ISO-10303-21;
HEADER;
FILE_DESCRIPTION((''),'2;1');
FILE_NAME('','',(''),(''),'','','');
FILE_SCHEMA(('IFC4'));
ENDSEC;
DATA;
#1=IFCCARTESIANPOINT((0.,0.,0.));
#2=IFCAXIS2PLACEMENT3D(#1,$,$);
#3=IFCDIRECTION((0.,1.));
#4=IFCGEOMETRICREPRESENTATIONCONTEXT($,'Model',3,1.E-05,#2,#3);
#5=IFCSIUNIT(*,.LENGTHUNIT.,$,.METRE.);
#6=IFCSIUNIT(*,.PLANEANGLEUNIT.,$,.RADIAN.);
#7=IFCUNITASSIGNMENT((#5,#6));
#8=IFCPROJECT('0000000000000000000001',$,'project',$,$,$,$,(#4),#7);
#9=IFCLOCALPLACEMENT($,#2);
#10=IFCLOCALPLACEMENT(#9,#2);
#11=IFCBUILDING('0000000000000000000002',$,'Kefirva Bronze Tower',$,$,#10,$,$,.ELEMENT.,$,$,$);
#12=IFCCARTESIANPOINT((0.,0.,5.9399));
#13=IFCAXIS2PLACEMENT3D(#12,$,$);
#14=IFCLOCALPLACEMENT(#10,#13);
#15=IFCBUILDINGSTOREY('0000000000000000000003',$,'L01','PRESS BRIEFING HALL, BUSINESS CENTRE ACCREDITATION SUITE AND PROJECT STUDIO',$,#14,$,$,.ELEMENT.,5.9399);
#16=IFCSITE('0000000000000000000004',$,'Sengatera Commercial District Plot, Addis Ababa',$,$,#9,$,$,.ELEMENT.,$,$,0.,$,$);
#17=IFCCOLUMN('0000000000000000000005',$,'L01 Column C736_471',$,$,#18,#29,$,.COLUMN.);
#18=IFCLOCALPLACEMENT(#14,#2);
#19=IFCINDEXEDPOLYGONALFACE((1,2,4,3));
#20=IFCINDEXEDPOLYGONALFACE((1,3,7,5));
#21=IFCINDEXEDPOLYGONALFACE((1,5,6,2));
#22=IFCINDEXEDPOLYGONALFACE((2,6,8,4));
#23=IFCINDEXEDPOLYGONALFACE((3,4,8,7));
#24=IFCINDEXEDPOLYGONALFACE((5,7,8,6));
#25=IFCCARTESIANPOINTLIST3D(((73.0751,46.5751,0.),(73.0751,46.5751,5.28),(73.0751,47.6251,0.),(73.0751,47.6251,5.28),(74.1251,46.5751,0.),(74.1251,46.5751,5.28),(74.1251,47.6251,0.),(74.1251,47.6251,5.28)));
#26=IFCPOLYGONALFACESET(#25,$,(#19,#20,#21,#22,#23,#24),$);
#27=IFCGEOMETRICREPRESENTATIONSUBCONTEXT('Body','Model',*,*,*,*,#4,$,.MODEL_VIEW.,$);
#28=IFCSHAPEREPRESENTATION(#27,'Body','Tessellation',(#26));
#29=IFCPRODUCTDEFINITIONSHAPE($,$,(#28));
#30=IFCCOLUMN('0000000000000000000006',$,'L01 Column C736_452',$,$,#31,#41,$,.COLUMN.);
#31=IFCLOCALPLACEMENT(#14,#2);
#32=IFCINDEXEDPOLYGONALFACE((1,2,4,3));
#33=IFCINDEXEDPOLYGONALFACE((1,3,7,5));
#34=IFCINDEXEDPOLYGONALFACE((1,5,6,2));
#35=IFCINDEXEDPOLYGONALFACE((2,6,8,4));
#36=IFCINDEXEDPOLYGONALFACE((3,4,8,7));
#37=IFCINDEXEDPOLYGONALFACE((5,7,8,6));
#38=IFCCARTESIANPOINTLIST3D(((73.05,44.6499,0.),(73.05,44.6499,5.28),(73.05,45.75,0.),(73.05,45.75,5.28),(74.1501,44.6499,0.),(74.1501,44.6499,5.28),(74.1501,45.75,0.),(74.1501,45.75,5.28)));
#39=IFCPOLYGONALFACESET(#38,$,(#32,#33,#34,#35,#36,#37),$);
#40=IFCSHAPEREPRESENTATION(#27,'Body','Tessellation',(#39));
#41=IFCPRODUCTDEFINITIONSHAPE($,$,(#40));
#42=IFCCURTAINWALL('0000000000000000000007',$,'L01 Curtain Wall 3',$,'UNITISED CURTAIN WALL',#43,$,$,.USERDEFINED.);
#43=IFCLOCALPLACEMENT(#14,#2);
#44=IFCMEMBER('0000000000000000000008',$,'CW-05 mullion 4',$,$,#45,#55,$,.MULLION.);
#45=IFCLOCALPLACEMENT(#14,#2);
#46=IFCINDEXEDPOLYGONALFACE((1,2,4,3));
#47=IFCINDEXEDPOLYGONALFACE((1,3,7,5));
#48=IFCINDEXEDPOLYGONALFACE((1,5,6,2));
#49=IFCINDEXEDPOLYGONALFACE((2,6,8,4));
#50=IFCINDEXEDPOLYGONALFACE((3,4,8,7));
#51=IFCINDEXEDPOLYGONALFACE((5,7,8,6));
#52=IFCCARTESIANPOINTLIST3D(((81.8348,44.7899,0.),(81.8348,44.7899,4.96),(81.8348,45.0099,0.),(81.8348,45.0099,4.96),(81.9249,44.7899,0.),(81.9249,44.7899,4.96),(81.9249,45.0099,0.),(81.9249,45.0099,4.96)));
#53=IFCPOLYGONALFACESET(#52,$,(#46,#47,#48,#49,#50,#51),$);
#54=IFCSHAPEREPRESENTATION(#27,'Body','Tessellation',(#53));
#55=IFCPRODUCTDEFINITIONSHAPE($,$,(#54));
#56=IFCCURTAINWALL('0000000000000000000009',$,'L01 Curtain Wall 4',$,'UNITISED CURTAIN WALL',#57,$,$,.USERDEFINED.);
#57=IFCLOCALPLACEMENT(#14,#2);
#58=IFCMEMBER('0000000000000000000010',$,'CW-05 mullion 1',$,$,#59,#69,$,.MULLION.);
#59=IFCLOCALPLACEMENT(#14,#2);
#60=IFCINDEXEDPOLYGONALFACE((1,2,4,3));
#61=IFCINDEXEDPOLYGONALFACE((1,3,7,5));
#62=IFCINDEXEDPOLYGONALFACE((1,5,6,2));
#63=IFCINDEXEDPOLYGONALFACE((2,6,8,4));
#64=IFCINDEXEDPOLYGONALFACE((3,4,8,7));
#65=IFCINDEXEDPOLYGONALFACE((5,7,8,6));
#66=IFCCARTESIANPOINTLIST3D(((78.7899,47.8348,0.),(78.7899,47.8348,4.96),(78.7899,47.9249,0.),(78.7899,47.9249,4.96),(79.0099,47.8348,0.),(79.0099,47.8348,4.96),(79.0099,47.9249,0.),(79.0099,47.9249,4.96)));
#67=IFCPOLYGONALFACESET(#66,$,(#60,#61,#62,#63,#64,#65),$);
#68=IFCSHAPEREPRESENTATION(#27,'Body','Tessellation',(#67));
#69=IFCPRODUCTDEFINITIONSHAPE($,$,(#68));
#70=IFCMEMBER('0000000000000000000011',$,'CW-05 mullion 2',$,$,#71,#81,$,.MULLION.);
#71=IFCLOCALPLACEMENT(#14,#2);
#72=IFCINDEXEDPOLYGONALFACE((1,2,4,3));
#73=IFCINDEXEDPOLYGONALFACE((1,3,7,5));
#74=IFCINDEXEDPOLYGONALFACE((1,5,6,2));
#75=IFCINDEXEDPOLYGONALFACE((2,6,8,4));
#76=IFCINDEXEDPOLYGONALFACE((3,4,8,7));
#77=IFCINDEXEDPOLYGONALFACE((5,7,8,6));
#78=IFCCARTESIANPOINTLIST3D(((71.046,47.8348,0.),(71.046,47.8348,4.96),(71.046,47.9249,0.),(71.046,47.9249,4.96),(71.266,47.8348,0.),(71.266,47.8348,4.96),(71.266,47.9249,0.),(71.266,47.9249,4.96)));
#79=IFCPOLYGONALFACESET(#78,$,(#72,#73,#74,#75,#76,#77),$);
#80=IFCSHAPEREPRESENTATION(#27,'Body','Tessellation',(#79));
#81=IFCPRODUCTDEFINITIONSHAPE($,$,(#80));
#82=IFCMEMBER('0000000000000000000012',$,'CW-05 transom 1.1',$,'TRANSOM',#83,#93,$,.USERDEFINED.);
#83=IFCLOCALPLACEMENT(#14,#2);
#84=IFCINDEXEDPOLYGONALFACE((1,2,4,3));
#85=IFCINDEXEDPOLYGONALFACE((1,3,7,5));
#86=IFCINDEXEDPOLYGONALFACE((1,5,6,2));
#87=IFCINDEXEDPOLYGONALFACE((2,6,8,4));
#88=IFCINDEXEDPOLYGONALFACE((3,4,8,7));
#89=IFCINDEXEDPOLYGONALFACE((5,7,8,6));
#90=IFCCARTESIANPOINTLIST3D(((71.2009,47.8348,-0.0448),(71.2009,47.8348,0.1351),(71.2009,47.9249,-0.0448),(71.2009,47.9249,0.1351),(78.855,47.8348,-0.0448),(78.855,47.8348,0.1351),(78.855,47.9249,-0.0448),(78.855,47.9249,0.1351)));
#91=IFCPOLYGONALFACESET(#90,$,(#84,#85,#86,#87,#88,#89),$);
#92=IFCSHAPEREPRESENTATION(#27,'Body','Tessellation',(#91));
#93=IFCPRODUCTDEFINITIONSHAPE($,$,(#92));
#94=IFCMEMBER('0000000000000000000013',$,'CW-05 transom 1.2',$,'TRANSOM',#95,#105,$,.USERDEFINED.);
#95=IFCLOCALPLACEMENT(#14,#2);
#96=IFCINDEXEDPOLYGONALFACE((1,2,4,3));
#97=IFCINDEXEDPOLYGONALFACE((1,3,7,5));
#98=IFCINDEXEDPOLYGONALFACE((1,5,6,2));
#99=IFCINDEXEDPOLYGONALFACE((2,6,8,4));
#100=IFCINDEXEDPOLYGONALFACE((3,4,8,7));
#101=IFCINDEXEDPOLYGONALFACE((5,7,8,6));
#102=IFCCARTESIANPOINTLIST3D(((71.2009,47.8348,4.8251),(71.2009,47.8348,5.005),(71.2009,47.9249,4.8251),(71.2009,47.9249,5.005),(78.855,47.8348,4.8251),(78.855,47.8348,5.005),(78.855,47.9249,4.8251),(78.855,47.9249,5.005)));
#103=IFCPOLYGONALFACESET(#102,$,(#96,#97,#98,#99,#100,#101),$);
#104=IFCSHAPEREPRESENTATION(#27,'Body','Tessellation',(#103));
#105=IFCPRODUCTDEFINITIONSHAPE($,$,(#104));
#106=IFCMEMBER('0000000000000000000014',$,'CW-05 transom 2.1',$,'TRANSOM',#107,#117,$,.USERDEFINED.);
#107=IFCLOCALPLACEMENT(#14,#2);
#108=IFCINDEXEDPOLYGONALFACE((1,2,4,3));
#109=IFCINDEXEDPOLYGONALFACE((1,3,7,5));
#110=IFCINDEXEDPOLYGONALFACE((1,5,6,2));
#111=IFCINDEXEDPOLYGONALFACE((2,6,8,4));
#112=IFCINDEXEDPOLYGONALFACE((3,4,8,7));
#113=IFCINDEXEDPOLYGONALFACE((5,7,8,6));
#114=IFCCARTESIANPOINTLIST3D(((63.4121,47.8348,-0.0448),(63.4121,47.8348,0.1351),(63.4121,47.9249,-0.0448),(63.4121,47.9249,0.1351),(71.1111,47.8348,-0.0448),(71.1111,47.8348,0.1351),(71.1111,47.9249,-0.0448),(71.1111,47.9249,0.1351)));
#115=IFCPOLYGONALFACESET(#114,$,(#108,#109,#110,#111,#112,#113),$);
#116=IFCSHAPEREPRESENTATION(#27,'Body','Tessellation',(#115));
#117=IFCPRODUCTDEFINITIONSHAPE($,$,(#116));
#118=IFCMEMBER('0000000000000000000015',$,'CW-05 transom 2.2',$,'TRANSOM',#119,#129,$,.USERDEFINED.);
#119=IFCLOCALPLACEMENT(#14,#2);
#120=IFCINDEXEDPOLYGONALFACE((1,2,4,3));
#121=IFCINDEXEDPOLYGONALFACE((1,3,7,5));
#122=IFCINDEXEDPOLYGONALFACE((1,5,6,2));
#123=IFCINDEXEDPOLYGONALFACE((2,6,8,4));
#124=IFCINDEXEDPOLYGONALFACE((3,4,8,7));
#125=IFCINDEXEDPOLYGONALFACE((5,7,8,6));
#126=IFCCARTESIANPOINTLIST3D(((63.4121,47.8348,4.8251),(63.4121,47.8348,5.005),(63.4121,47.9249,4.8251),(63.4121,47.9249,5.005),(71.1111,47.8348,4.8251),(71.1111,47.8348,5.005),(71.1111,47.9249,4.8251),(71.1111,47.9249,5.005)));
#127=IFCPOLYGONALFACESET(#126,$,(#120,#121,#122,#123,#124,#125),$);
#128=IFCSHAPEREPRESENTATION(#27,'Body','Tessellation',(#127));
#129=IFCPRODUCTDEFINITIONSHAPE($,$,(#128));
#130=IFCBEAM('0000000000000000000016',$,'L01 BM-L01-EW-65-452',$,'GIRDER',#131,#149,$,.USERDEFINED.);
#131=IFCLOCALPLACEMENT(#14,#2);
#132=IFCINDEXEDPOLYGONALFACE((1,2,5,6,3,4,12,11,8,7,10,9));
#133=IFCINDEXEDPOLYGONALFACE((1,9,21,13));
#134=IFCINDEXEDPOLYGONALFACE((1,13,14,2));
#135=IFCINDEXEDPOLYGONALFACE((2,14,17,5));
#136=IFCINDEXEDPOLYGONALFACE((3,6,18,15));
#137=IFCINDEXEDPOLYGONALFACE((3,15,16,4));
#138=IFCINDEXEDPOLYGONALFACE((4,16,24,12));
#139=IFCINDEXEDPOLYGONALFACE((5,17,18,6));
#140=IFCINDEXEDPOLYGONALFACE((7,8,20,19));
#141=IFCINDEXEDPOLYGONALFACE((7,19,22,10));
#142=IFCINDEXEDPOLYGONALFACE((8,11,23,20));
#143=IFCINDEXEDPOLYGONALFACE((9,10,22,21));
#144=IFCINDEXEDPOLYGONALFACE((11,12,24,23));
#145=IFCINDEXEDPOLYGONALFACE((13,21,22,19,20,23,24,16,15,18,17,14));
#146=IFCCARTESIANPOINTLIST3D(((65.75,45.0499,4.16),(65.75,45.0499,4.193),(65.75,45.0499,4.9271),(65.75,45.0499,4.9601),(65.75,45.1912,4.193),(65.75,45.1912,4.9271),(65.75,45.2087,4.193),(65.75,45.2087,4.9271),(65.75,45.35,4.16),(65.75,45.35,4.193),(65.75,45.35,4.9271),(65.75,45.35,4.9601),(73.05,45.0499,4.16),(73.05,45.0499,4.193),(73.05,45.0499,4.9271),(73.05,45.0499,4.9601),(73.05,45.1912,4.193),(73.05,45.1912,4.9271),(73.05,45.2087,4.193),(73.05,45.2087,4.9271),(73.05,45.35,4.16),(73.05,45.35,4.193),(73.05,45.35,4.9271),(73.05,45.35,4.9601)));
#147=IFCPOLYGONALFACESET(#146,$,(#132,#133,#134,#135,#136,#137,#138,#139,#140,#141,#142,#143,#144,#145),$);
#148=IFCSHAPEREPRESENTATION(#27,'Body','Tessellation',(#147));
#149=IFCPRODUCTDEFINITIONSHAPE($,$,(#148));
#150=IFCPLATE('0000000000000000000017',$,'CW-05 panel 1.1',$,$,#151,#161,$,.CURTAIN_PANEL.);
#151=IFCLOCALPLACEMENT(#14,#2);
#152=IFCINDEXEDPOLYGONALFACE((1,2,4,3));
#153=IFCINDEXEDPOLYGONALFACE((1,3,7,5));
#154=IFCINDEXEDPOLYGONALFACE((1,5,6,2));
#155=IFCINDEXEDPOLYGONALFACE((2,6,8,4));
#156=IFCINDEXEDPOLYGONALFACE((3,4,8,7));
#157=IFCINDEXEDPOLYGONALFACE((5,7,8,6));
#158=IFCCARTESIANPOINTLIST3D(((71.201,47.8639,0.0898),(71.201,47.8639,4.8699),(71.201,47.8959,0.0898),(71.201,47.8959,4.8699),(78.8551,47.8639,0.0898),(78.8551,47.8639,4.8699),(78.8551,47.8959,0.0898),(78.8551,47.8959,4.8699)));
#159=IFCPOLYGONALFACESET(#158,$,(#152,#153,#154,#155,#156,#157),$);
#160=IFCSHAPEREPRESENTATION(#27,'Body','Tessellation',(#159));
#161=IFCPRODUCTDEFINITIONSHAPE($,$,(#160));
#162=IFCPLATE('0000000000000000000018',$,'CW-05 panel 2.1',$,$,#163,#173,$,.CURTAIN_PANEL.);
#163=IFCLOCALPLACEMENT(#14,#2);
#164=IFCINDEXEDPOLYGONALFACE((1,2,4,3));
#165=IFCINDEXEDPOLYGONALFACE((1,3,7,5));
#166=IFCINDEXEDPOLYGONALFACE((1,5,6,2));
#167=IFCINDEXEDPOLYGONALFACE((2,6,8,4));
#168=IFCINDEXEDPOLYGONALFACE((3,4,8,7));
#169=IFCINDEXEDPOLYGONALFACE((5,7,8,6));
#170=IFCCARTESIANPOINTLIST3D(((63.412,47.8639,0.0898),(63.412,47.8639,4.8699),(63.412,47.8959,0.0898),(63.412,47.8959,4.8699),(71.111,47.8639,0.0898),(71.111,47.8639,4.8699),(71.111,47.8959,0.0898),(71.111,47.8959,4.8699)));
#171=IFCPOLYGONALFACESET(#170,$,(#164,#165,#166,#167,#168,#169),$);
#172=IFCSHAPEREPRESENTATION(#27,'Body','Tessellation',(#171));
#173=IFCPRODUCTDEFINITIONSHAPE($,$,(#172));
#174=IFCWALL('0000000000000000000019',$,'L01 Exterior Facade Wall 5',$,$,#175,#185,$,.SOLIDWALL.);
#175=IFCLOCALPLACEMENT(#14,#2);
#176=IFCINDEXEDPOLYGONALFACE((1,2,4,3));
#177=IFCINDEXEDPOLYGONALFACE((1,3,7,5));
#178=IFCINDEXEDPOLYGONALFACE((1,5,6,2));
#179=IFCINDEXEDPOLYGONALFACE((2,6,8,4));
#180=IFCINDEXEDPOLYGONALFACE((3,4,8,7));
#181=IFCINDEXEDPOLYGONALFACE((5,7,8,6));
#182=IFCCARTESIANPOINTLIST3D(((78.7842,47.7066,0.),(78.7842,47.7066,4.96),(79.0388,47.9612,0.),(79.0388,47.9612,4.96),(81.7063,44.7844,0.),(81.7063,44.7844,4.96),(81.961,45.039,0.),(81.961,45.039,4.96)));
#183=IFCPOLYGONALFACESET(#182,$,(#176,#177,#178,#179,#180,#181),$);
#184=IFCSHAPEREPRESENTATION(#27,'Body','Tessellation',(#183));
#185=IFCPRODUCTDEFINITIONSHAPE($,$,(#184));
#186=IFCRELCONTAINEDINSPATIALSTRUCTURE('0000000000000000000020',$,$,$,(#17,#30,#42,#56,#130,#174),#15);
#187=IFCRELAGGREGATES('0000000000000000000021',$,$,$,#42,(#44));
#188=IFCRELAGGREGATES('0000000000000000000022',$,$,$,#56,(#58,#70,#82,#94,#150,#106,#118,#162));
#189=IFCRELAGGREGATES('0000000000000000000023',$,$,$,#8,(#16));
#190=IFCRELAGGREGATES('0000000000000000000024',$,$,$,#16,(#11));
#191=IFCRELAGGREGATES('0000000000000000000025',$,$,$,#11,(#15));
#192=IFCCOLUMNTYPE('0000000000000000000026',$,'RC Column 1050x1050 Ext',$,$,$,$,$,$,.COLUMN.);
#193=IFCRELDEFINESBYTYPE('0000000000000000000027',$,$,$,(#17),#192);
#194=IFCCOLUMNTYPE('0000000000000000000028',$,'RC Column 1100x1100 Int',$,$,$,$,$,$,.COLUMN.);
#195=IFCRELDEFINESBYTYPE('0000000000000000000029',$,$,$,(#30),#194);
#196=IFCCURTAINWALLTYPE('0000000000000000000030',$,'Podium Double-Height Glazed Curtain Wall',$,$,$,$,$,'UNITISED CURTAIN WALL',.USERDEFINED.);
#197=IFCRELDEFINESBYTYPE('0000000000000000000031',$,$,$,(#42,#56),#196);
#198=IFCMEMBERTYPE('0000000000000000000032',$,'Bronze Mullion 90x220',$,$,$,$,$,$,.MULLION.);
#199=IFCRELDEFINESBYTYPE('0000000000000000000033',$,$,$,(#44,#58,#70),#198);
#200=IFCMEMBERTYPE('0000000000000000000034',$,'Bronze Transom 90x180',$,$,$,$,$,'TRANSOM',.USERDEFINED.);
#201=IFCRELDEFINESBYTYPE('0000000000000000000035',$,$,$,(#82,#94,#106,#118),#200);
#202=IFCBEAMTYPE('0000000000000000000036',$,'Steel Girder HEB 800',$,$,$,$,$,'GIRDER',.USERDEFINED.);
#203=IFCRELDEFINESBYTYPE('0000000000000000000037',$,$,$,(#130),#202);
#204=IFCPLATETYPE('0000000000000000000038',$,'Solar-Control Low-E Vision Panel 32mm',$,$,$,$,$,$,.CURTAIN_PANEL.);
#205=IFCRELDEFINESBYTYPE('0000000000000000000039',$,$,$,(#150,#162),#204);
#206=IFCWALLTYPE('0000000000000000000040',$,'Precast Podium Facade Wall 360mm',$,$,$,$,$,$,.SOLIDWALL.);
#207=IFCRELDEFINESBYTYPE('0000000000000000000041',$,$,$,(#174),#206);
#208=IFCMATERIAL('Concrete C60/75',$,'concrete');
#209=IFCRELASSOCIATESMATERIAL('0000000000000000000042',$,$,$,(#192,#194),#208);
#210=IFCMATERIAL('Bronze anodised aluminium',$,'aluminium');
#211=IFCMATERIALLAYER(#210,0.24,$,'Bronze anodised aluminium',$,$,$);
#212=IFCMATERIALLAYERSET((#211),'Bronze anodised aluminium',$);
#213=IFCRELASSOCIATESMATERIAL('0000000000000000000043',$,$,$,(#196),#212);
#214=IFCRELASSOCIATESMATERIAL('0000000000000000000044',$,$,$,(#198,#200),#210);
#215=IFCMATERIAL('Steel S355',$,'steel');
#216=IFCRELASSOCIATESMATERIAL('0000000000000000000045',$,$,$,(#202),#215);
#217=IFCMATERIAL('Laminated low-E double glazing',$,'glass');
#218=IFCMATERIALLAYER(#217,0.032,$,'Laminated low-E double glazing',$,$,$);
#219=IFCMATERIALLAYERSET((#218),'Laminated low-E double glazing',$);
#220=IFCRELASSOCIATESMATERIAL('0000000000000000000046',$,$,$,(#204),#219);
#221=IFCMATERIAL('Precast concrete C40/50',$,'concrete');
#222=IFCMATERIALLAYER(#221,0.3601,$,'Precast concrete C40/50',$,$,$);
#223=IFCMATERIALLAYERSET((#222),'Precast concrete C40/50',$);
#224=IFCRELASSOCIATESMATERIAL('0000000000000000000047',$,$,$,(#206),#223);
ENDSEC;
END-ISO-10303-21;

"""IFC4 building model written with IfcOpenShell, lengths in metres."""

from ifc_helpers import new_model, si_unit, direction, frame, frame_2d, origin, origin_2d, place, context, subcontext, project, spatial, rectangle, i_section, extrude, material, layer, layer_set, material_profile, profile_set, type_object, element, aggregate, save


model = new_model("IFC4")

# Units and contexts
model_context = context("Model", 3, precision=1e-05, world=origin(), true_north=direction((0.0, 1.0)))
body_context = subcontext(model_context, "Body", "Model", "MODEL_VIEW")
ifc_project = project(units=[si_unit("LENGTHUNIT", "METRE"), si_unit("PLANEANGLEUNIT", "RADIAN")], contexts=[model_context])

# Site, building, storey
site_placement = place(None, origin())
site = spatial("IfcSite", under=ifc_project, at=site_placement, Name="Sengatera Commercial District Plot, Addis Ababa", CompositionType="ELEMENT", RefElevation=0.0)
building_placement = place(site_placement, origin())
building = spatial("IfcBuilding", under=site, at=building_placement, Name="Kefirva Bronze Tower", CompositionType="ELEMENT")
storey_placement = place(building_placement, frame((0.0, 0.0, 5.9399)))
storey = spatial("IfcBuildingStorey", under=building, at=storey_placement, Name="L01", Description="PRESS BRIEFING HALL, BUSINESS CENTRE ACCREDITATION SUITE AND PROJECT STUDIO", CompositionType="ELEMENT", Elevation=5.9399)

# Columns
ifc_material_1 = material(Name="Concrete C60/75", Category="concrete")
ifc_material_profile_1 = material_profile(ifc_material_1, rectangle(XDim=1.05, YDim=1.05, at=origin_2d()), Name="RC 1050x1050")
ifc_profile_set_1 = profile_set([ifc_material_profile_1], Name="Concrete C60/75")
column_type_1 = type_object("IfcColumnType", Name="RC Column 1050x1050 Ext", PredefinedType="COLUMN", material=ifc_profile_set_1)
column_1_placement = place(storey_placement, frame((73.6001, 47.1001, 0.0), z_axis=(0.0, 0.0, 1.0), x_axis=(1.0, 0.0, 0.0)))
element("IfcColumn", 1, at=column_1_placement, inside=storey, type_object=column_type_1, Name="L01 Column C736_471", PredefinedType="COLUMN", context=body_context, shape_type="SweptSolid", body=[
    extrude(rectangle(XDim=1.05, YDim=1.05, at=origin_2d()), origin(), (0.0, 0.0, 1.0), 5.28),
])
ifc_material_profile_2 = material_profile(ifc_material_1, rectangle(XDim=1.1001, YDim=1.1001, at=origin_2d()), Name="RC 1100x1100")
ifc_profile_set_2 = profile_set([ifc_material_profile_2], Name="Concrete C60/75")
column_type_2 = type_object("IfcColumnType", Name="RC Column 1100x1100 Int", PredefinedType="COLUMN", material=ifc_profile_set_2)
column_2_placement = place(storey_placement, frame((73.6001, 45.2, 0.0), z_axis=(0.0, 0.0, 1.0), x_axis=(1.0, 0.0, 0.0)))
element("IfcColumn", 2, at=column_2_placement, inside=storey, type_object=column_type_2, Name="L01 Column C736_452", PredefinedType="COLUMN", context=body_context, shape_type="SweptSolid", body=[
    extrude(rectangle(XDim=1.1001, YDim=1.1001, at=origin_2d()), origin(), (0.0, 0.0, 1.0), 5.28),
])

# Curtain wall, member
ifc_material_2 = material(Name="Bronze anodised aluminium", Category="aluminium")
ifc_layer_1 = layer(ifc_material_2, 0.24, Name="Bronze anodised aluminium")
ifc_layer_set_1 = layer_set([ifc_layer_1], Name="Bronze anodised aluminium")
curtain_wall_type = type_object("IfcCurtainWallType", Name="Podium Double-Height Glazed Curtain Wall", ElementType="UNITISED CURTAIN WALL", PredefinedType="USERDEFINED", material=ifc_layer_set_1)
curtain_wall_1_placement = place(storey_placement, origin())
curtain_wall_1 = element("IfcCurtainWall", 3, at=curtain_wall_1_placement, inside=storey, type_object=curtain_wall_type, Name="L01 Curtain Wall 3", ObjectType="UNITISED CURTAIN WALL", PredefinedType="USERDEFINED")
ifc_material_profile_3 = material_profile(ifc_material_2, rectangle(XDim=0.0901, YDim=0.22, at=origin_2d()), Name="ALU 90x220")
ifc_profile_set_3 = profile_set([ifc_material_profile_3], Name="Bronze anodised aluminium")
member_type_1 = type_object("IfcMemberType", Name="Bronze Mullion 90x220", PredefinedType="MULLION", material=ifc_profile_set_3)
member_1_placement = place(storey_placement, frame((81.8799, 44.8999, 0.0), z_axis=(0.0, 0.0, 1.0), x_axis=(-1.0, 0.0, 0.0)))
member_1 = element("IfcMember", 4, at=member_1_placement, type_object=member_type_1, Name="CW-05 mullion 4", PredefinedType="MULLION", context=body_context, shape_type="SweptSolid", body=[
    extrude(rectangle(XDim=0.0901, YDim=0.22, at=origin_2d()), origin(), (0.0, 0.0, 1.0), 4.96),
])
aggregate(curtain_wall_1, [member_1])

# Curtain wall, members
curtain_wall_2_placement = place(storey_placement, origin())
curtain_wall_2 = element("IfcCurtainWall", 5, at=curtain_wall_2_placement, inside=storey, type_object=curtain_wall_type, Name="L01 Curtain Wall 4", ObjectType="UNITISED CURTAIN WALL", PredefinedType="USERDEFINED")
member_2_placement = place(storey_placement, frame((78.8999, 47.8799, 0.0), z_axis=(0.0, 0.0, 1.0), x_axis=(0.0, -1.0, 0.0)))
member_2 = element("IfcMember", 6, at=member_2_placement, type_object=member_type_1, Name="CW-05 mullion 1", PredefinedType="MULLION", context=body_context, shape_type="SweptSolid", body=[
    extrude(rectangle(XDim=0.0901, YDim=0.22, at=origin_2d()), origin(), (0.0, 0.0, 1.0), 4.96),
])
member_3_placement = place(storey_placement, frame((71.156, 47.8799, 0.0), z_axis=(0.0, 0.0, 1.0), x_axis=(0.0, -1.0, 0.0)))
member_3 = element("IfcMember", 7, at=member_3_placement, type_object=member_type_1, Name="CW-05 mullion 2", PredefinedType="MULLION", context=body_context, shape_type="SweptSolid", body=[
    extrude(rectangle(XDim=0.0901, YDim=0.22, at=origin_2d()), origin(), (0.0, 0.0, 1.0), 4.96),
])
ifc_material_profile_4 = material_profile(ifc_material_2, rectangle(XDim=0.0901, YDim=0.1799, at=origin_2d()), Name="ALU 90x180")
ifc_profile_set_4 = profile_set([ifc_material_profile_4], Name="Bronze anodised aluminium")
member_type_2 = type_object("IfcMemberType", Name="Bronze Transom 90x180", ElementType="TRANSOM", PredefinedType="USERDEFINED", material=ifc_profile_set_4)
member_4_placement = place(storey_placement, frame((78.855, 47.8799, 0.0452), z_axis=(-1.0, 0.0, 0.0), x_axis=(0.0, -1.0, 0.0)))
member_4 = element("IfcMember", 8, at=member_4_placement, type_object=member_type_2, Name="CW-05 transom 1.1", ObjectType="TRANSOM", PredefinedType="USERDEFINED", context=body_context, shape_type="SweptSolid", body=[
    extrude(rectangle(XDim=0.0901, YDim=0.1799, at=origin_2d()), origin(), (0.0, 0.0, 1.0), 7.6541),
])
member_5_placement = place(storey_placement, frame((78.855, 47.8799, 4.915), z_axis=(-1.0, 0.0, 0.0), x_axis=(0.0, -1.0, 0.0)))
member_5 = element("IfcMember", 9, at=member_5_placement, type_object=member_type_2, Name="CW-05 transom 1.2", ObjectType="TRANSOM", PredefinedType="USERDEFINED", context=body_context, shape_type="SweptSolid", body=[
    extrude(rectangle(XDim=0.0901, YDim=0.1799, at=origin_2d()), origin(), (0.0, 0.0, 1.0), 7.6541),
])
member_6_placement = place(storey_placement, frame((71.1111, 47.8799, 0.0452), z_axis=(-1.0, 0.0, 0.0), x_axis=(0.0, -1.0, 0.0)))
member_6 = element("IfcMember", 10, at=member_6_placement, type_object=member_type_2, Name="CW-05 transom 2.1", ObjectType="TRANSOM", PredefinedType="USERDEFINED", context=body_context, shape_type="SweptSolid", body=[
    extrude(rectangle(XDim=0.0901, YDim=0.1799, at=origin_2d()), origin(), (0.0, 0.0, 1.0), 7.699),
])
member_7_placement = place(storey_placement, frame((71.1111, 47.8799, 4.915), z_axis=(-1.0, 0.0, 0.0), x_axis=(0.0, -1.0, 0.0)))
member_7 = element("IfcMember", 11, at=member_7_placement, type_object=member_type_2, Name="CW-05 transom 2.2", ObjectType="TRANSOM", PredefinedType="USERDEFINED", context=body_context, shape_type="SweptSolid", body=[
    extrude(rectangle(XDim=0.0901, YDim=0.1799, at=origin_2d()), origin(), (0.0, 0.0, 1.0), 7.699),
])

# Beam
ifc_material_3 = material(Name="Steel S355", Category="steel")
ifc_material_profile_5 = material_profile(ifc_material_3, i_section(OverallWidth=0.3, OverallDepth=0.8, WebThickness=0.0176, FlangeThickness=0.033, at=origin_2d()), Name="HEB 800")
ifc_profile_set_5 = profile_set([ifc_material_profile_5], Name="Steel S355")
beam_type = type_object("IfcBeamType", Name="Steel Girder HEB 800", ElementType="GIRDER", PredefinedType="USERDEFINED", material=ifc_profile_set_5)
beam_placement = place(storey_placement, frame((65.75, 45.2, 4.5601), z_axis=(1.0, 0.0, 0.0), x_axis=(0.0, 1.0, 0.0)))
element("IfcBeam", 12, at=beam_placement, inside=storey, type_object=beam_type, Name="L01 BM-L01-EW-65-452", ObjectType="GIRDER", PredefinedType="USERDEFINED", context=body_context, shape_type="SweptSolid", body=[
    extrude(i_section(OverallWidth=0.3, OverallDepth=0.8, WebThickness=0.0176, FlangeThickness=0.033, at=origin_2d()), origin(), (0.0, 0.0, 1.0), 7.3),
])

# Plates
ifc_material_4 = material(Name="Laminated low-E double glazing", Category="glass")
ifc_layer_2 = layer(ifc_material_4, 0.032, Name="Laminated low-E double glazing")
ifc_layer_set_2 = layer_set([ifc_layer_2], Name="Laminated low-E double glazing")
plate_type = type_object("IfcPlateType", Name="Solar-Control Low-E Vision Panel 32mm", PredefinedType="CURTAIN_PANEL", material=ifc_layer_set_2)
plate_1_placement = place(storey_placement, frame((75.0281, 47.8799, 0.0898), z_axis=(0.0, 0.0, 1.0), x_axis=(-1.0, 0.0, 0.0)))
plate_1 = element("IfcPlate", 13, at=plate_1_placement, type_object=plate_type, Name="CW-05 panel 1.1", PredefinedType="CURTAIN_PANEL", context=body_context, shape_type="SweptSolid", body=[
    extrude(rectangle(XDim=7.6541, YDim=0.032, at=origin_2d()), origin(), (0.0, 0.0, 1.0), 4.78),
])
plate_2_placement = place(storey_placement, frame((67.2615, 47.8799, 0.0898), z_axis=(0.0, 0.0, 1.0), x_axis=(-1.0, 0.0, 0.0)))
plate_2 = element("IfcPlate", 14, at=plate_2_placement, type_object=plate_type, Name="CW-05 panel 2.1", PredefinedType="CURTAIN_PANEL", context=body_context, shape_type="SweptSolid", body=[
    extrude(rectangle(XDim=7.699, YDim=0.032, at=origin_2d()), origin(), (0.0, 0.0, 1.0), 4.78),
])
aggregate(curtain_wall_2, [member_2, member_3, member_4, member_5, plate_1, member_6, member_7, plate_2])

# Wall
ifc_material_5 = material(Name="Precast concrete C40/50", Category="concrete")
ifc_layer_3 = layer(ifc_material_5, 0.3601, Name="Precast concrete C40/50")
ifc_layer_set_3 = layer_set([ifc_layer_3], Name="Precast concrete C40/50")
wall_type = type_object("IfcWallType", Name="Precast Podium Facade Wall 360mm", PredefinedType="SOLIDWALL", material=ifc_layer_set_3)
wall_placement = place(storey_placement, frame((81.8337, 44.9116, 0.0), z_axis=(0.0, 0.0, 1.0), x_axis=(-0.707107, 0.707107, 0.0)))
element("IfcWall", 15, at=wall_placement, inside=storey, type_object=wall_type, Name="L01 Exterior Facade Wall 5", PredefinedType="SOLIDWALL", context=body_context, shape_type="SweptSolid", body=[
    extrude(rectangle(XDim=4.1326, YDim=0.3601, at=frame_2d((2.0664, 0.0))), origin(), (0.0, 0.0, 1.0), 4.96),
])

save(model, "model.ifc")
